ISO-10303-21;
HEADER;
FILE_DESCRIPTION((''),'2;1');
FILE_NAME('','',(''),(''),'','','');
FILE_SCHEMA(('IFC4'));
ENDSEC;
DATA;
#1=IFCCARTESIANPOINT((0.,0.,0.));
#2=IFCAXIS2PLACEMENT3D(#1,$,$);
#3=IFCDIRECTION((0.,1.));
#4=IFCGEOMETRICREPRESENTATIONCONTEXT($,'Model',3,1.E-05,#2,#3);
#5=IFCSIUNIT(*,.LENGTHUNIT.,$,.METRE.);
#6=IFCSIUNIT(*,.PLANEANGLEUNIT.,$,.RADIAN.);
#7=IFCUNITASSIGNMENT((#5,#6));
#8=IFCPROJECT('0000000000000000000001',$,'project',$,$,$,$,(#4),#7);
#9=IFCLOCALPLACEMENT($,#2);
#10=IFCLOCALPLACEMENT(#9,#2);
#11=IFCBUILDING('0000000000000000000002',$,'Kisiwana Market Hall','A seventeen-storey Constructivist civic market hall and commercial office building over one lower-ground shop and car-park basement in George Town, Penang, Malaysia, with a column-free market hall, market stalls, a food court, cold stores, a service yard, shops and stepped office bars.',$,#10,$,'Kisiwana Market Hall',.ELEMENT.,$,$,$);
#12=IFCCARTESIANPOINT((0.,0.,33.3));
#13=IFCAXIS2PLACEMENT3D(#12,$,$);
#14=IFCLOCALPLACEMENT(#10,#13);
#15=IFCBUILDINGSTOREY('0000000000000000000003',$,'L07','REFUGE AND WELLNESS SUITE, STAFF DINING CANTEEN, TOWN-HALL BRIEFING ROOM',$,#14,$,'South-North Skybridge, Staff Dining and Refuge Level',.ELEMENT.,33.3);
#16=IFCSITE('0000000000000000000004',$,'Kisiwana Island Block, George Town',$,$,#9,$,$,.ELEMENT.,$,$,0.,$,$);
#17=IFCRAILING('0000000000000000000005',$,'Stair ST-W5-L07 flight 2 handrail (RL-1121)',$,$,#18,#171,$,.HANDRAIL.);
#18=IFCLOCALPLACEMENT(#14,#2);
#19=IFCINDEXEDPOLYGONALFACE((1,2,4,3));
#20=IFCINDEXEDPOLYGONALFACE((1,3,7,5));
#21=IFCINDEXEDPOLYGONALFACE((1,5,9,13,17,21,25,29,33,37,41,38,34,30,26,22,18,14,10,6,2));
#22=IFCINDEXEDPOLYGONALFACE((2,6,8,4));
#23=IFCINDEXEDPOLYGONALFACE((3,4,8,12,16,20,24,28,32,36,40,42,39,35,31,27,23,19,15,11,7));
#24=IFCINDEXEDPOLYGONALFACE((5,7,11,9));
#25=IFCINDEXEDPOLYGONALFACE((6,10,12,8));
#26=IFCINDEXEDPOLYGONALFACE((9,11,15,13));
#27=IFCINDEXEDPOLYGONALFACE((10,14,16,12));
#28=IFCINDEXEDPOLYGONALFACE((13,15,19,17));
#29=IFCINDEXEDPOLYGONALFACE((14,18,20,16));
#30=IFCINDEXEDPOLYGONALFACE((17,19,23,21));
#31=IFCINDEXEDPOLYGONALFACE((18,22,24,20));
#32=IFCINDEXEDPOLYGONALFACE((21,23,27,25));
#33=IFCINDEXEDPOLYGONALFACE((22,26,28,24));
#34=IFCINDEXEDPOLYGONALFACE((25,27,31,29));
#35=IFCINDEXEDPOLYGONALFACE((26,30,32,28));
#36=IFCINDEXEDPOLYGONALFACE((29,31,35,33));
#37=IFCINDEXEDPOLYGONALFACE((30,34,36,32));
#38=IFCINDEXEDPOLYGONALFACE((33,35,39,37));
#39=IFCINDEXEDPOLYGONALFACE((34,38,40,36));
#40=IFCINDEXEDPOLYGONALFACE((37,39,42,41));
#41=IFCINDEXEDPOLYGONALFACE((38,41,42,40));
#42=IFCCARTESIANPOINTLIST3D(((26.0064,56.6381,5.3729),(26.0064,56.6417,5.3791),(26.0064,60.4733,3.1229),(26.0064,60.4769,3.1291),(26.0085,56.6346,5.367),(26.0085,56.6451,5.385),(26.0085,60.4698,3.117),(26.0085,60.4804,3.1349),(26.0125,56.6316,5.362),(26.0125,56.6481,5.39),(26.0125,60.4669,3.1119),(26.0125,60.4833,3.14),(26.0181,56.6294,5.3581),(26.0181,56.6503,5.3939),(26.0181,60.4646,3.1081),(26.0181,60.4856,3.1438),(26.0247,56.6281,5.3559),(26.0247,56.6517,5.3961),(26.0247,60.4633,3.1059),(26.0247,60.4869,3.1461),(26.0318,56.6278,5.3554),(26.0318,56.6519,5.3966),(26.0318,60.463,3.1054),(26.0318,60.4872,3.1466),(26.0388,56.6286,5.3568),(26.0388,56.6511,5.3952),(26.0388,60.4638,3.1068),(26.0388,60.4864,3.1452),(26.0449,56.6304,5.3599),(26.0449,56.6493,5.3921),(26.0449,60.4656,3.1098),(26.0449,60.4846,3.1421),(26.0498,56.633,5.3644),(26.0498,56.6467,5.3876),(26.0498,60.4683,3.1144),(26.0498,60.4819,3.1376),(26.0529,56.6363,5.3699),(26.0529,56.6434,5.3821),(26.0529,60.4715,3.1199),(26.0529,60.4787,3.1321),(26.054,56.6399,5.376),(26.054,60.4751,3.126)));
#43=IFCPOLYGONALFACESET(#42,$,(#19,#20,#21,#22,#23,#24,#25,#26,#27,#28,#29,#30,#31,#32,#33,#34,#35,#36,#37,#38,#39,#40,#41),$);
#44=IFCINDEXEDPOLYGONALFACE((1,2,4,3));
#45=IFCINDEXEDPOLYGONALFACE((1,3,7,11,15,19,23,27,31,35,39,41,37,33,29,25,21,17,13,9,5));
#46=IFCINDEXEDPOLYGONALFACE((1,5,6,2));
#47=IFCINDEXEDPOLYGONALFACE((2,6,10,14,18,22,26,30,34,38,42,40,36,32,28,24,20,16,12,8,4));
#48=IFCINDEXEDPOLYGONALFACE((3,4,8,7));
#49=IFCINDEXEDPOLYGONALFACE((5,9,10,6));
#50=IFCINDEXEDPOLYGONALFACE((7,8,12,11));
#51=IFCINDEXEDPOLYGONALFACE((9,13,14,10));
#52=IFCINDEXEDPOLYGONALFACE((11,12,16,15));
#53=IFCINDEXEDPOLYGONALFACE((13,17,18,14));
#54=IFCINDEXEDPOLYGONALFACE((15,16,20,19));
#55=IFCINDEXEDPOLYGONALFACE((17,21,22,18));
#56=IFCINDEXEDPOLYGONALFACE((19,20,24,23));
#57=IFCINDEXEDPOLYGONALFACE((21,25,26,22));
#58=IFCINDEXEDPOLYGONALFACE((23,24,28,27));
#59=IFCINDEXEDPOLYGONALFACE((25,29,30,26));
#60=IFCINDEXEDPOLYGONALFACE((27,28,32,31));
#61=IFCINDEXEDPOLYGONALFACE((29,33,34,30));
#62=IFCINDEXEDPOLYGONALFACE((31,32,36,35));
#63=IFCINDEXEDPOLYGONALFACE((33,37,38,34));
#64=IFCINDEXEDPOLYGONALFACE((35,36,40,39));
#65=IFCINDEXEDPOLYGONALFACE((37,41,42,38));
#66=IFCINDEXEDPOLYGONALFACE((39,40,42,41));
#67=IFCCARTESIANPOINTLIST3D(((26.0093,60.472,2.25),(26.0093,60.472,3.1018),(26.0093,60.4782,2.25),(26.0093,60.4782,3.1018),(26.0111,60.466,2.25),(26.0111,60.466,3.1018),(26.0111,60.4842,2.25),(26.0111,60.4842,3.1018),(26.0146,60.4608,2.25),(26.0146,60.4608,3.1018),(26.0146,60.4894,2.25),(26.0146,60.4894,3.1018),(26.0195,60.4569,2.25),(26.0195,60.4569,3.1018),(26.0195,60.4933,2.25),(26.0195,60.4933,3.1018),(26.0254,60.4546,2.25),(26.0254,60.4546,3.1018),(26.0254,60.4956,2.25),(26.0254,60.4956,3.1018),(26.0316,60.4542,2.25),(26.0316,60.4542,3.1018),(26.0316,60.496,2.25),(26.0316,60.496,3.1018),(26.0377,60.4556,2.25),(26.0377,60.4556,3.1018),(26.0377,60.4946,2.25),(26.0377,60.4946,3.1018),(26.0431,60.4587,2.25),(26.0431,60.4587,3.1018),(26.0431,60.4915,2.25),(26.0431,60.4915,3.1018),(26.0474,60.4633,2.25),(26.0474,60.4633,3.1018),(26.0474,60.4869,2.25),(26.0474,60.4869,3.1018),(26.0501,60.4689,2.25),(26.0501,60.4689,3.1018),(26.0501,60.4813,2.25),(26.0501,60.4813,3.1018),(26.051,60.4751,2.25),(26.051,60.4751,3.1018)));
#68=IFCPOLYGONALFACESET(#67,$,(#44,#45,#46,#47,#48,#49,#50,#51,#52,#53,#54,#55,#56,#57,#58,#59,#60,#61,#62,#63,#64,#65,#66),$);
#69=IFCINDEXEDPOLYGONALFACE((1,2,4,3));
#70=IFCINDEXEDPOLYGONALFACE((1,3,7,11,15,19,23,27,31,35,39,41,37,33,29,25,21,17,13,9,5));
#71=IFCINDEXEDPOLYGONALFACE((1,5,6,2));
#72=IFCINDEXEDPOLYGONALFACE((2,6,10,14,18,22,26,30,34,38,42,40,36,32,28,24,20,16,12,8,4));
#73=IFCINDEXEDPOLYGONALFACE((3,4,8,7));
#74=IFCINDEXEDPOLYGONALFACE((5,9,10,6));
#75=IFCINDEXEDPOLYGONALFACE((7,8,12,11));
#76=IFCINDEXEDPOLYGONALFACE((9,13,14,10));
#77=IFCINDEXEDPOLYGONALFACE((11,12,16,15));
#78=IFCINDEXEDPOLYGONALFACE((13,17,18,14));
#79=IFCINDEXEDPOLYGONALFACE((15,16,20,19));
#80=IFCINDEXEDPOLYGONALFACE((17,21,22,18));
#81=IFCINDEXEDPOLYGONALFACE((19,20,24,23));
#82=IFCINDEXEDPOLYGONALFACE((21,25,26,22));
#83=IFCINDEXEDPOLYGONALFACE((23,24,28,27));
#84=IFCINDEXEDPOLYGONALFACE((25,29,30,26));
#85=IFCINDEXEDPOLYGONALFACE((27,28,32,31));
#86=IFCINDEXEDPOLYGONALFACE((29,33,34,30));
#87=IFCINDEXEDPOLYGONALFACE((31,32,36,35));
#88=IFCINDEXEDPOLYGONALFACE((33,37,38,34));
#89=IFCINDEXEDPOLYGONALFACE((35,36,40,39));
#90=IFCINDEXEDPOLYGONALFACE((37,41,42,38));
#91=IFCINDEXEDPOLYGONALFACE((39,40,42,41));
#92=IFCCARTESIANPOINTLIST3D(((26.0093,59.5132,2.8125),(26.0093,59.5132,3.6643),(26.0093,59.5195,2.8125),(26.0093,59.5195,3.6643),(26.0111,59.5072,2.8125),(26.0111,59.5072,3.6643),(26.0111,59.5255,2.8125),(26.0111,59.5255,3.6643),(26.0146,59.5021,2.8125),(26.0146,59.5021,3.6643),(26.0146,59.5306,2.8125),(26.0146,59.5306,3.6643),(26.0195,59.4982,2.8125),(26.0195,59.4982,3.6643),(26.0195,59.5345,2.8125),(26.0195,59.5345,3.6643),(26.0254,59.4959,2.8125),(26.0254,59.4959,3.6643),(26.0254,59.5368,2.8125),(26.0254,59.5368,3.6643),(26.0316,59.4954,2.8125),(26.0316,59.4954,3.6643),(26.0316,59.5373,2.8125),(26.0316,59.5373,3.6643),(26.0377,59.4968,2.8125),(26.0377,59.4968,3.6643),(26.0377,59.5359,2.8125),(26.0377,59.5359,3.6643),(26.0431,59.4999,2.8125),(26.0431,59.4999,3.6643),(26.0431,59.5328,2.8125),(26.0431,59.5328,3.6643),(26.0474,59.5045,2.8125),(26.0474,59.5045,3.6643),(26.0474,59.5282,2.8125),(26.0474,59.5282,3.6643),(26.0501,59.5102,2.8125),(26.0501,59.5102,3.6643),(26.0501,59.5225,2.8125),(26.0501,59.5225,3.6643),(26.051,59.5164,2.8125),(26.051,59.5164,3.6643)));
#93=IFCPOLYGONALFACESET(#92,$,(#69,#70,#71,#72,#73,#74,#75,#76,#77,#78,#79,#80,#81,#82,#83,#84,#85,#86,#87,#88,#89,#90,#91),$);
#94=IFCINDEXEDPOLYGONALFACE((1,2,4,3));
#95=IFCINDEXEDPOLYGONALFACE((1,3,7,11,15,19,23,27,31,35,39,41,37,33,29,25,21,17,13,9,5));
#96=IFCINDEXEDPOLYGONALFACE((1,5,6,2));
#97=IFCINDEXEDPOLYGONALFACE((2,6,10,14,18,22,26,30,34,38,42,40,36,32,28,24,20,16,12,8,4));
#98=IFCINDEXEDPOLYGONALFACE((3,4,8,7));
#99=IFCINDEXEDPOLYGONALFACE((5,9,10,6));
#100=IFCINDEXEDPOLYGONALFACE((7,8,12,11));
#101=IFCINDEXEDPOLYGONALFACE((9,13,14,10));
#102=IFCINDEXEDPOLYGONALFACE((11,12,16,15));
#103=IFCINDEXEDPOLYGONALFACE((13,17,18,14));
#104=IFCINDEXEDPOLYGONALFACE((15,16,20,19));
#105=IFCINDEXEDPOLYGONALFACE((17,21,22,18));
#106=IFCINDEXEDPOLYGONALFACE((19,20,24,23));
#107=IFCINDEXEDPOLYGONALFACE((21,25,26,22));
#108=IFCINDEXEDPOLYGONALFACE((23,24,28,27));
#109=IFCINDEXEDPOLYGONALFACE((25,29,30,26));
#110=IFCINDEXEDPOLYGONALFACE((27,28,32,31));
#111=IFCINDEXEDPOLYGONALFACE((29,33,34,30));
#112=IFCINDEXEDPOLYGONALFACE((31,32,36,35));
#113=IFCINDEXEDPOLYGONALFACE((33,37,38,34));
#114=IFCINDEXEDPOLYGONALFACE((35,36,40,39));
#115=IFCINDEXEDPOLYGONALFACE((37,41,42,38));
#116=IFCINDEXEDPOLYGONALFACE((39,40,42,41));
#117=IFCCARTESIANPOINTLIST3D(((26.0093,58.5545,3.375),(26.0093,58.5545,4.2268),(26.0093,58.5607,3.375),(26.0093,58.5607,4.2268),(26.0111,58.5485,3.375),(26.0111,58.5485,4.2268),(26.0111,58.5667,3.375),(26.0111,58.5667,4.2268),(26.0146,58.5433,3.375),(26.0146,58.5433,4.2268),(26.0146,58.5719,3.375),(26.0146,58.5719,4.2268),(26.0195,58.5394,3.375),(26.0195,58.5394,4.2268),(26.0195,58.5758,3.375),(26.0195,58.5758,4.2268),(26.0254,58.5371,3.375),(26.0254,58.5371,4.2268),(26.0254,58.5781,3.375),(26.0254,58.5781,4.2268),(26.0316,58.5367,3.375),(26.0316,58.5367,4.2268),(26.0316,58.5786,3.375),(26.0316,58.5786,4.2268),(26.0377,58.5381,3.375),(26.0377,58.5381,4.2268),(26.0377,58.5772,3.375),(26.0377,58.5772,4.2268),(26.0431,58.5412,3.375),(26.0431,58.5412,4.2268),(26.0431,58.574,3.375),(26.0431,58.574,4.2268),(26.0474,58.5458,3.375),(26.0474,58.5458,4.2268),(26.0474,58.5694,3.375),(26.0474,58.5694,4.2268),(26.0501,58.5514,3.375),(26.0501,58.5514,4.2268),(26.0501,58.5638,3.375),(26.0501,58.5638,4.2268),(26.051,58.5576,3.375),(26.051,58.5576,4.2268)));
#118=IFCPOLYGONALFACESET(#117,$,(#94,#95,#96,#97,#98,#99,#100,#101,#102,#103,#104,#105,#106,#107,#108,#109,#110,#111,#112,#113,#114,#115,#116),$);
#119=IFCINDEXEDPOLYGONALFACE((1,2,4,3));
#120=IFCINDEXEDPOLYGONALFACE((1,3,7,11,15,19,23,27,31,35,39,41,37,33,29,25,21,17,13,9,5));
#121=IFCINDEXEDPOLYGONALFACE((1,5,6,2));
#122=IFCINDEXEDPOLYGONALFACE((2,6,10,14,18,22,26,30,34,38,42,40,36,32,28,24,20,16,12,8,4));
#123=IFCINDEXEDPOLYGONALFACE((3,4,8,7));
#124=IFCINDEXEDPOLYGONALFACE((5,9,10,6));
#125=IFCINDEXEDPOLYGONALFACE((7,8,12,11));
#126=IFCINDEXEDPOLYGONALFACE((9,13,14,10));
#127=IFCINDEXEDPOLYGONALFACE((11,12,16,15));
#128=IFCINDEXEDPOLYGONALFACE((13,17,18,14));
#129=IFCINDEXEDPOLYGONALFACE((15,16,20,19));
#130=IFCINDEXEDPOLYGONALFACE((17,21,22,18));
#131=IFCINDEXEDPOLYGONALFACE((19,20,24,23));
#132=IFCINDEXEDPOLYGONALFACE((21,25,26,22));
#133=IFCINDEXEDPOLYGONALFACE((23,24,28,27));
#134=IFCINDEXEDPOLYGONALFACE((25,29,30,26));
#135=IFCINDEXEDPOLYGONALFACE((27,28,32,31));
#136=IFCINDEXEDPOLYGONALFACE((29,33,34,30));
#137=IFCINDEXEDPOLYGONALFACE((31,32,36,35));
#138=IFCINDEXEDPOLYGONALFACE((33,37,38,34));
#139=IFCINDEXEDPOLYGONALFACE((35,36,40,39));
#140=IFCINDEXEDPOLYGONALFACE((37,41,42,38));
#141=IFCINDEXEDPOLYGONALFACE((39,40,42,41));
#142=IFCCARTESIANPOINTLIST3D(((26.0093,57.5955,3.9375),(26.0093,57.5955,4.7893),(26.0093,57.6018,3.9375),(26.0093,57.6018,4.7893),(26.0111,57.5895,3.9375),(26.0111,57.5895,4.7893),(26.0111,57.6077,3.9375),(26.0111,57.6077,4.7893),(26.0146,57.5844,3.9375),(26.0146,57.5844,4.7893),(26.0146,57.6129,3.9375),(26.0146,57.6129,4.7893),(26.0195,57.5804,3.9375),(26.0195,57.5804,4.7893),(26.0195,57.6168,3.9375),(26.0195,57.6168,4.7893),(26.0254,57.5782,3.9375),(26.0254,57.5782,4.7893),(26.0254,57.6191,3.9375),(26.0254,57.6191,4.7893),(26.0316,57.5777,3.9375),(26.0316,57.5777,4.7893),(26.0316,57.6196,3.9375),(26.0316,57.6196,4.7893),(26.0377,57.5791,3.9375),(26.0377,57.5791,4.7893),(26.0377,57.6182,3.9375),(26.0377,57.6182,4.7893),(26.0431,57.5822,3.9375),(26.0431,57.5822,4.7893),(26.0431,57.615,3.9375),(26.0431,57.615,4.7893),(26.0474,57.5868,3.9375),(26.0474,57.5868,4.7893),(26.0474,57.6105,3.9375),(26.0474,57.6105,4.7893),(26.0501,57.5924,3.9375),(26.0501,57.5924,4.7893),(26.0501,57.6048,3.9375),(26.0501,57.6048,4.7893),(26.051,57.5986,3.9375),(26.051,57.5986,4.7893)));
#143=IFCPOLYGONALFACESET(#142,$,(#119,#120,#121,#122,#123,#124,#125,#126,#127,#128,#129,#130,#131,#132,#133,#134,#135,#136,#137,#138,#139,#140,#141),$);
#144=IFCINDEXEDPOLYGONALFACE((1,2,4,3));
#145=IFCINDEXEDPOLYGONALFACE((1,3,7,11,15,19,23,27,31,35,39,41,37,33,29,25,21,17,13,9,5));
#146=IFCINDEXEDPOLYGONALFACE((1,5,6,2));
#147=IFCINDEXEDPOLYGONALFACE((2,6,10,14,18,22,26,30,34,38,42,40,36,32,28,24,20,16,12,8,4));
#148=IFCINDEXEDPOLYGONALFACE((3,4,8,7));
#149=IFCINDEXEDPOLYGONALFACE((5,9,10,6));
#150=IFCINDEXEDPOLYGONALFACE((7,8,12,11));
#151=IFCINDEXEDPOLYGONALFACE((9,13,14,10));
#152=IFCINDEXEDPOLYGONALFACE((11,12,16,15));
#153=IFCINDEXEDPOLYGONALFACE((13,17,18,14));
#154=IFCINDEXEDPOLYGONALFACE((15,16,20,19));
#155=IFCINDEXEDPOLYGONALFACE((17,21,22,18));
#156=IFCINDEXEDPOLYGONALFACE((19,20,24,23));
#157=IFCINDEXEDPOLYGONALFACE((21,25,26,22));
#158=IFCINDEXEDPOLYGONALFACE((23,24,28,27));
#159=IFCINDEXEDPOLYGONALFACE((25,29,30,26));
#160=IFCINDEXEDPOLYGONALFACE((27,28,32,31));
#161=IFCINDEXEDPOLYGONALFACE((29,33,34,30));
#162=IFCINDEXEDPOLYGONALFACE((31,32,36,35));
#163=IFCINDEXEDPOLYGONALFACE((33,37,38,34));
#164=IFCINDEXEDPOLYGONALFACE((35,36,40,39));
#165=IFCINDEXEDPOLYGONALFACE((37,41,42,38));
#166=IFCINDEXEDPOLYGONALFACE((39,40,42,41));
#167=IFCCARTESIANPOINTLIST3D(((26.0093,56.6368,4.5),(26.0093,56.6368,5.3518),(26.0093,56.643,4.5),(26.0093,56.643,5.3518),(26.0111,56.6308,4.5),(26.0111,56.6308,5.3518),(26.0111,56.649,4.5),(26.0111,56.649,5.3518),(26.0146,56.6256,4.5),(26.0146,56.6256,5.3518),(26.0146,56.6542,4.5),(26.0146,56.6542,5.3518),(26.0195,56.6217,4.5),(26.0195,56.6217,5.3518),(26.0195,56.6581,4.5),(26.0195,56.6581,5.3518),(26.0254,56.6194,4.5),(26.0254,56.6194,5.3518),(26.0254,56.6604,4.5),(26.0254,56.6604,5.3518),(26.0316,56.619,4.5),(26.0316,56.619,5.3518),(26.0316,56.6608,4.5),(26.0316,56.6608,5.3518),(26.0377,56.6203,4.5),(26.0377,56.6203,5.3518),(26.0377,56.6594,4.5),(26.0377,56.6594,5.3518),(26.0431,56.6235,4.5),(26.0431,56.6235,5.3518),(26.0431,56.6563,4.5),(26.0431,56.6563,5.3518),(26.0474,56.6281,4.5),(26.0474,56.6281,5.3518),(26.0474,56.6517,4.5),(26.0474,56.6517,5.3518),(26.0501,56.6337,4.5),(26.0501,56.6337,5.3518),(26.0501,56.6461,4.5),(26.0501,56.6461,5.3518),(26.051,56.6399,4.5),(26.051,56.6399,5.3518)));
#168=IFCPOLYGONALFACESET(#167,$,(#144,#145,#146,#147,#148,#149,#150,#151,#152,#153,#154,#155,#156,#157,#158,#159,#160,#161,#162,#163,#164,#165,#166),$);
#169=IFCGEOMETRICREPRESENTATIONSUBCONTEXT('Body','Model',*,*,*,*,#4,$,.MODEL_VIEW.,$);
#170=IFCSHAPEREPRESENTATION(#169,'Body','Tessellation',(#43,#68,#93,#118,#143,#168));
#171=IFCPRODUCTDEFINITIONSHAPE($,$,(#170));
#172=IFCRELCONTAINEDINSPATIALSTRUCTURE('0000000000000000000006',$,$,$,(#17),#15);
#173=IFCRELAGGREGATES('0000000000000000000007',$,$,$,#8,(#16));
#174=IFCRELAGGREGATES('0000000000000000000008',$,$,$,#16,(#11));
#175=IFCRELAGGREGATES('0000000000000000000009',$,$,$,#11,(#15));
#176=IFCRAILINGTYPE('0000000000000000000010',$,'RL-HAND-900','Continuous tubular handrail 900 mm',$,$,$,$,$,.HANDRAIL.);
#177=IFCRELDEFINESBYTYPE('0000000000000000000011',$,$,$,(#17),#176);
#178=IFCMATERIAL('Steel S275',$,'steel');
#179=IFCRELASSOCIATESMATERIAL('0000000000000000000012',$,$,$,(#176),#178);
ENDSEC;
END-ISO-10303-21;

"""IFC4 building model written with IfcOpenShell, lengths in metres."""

from ifc_helpers import new_model, si_unit, direction, frame, origin, origin_2d, place, context, subcontext, project, spatial, circle, extrude, material, type_object, element, save


model = new_model("IFC4")

# Units and contexts
model_context = context("Model", 3, precision=1e-05, world=origin(), true_north=direction((0.0, 1.0)))
body_context = subcontext(model_context, "Body", "Model", "MODEL_VIEW")
ifc_project = project(units=[si_unit("LENGTHUNIT", "METRE"), si_unit("PLANEANGLEUNIT", "RADIAN")], contexts=[model_context])

# Site, building, storey
site_placement = place(None, origin())
site = spatial("IfcSite", under=ifc_project, at=site_placement, Name="Kisiwana Island Block, George Town", CompositionType="ELEMENT", RefElevation=0.0)
building_placement = place(site_placement, origin())
building = spatial("IfcBuilding", under=site, at=building_placement, Name="Kisiwana Market Hall", Description="A seventeen-storey Constructivist civic market hall and commercial office building over one lower-ground shop and car-park basement in George Town, Penang, Malaysia, with a column-free market hall, market stalls, a food court, cold stores, a service yard, shops and stepped office bars.", LongName="Kisiwana Market Hall", CompositionType="ELEMENT")
storey_placement = place(building_placement, frame((0.0, 0.0, 33.3)))
storey = spatial("IfcBuildingStorey", under=building, at=storey_placement, Name="L07", Description="REFUGE AND WELLNESS SUITE, STAFF DINING CANTEEN, TOWN-HALL BRIEFING ROOM", LongName="South-North Skybridge, Staff Dining and Refuge Level", CompositionType="ELEMENT", Elevation=33.3)

# Railing
ifc_material_1 = material(Name="Steel S275", Category="steel")
railing_type_1 = type_object("IfcRailingType", Name="RL-HAND-900", Description="Continuous tubular handrail 900 mm", PredefinedType="HANDRAIL", material=ifc_material_1)
for number, where, name in (
    (1, (26.03, 60.4751, 2.25), "Stair ST-W5-L07 flight 2 handrail (RL-1121)"),
):
    element("IfcRailing", number, at=place(storey_placement, frame(where)), inside=storey, type_object=railing_type_1, Name=name, PredefinedType="HANDRAIL", context=body_context, shape_type="SweptSolid", body=[
        extrude(circle(Radius=0.0239, at=origin_2d()), frame((0.0, 0.0, 0.876), z_axis=(0.0, -0.862524, 0.506017), x_axis=(1.0, 0.0, 0.0)), (0.0, 0.0, 1.0), 4.4465),
        extrude(circle(Radius=0.021, at=origin_2d()), origin(), (0.0, 0.0, 1.0), 0.8518),
        extrude(circle(Radius=0.021, at=origin_2d()), frame((0.0, -0.9587, 0.5625)), (0.0, 0.0, 1.0), 0.8518),
        extrude(circle(Radius=0.021, at=origin_2d()), frame((0.0, -1.9175, 1.125)), (0.0, 0.0, 1.0), 0.8518),
        extrude(circle(Radius=0.021, at=origin_2d()), frame((0.0, -2.8765, 1.6875)), (0.0, 0.0, 1.0), 0.8518),
        extrude(circle(Radius=0.021, at=origin_2d()), frame((0.0, -3.8352, 2.25)), (0.0, 0.0, 1.0), 0.8518),
    ])

save(model, "model.ifc")
